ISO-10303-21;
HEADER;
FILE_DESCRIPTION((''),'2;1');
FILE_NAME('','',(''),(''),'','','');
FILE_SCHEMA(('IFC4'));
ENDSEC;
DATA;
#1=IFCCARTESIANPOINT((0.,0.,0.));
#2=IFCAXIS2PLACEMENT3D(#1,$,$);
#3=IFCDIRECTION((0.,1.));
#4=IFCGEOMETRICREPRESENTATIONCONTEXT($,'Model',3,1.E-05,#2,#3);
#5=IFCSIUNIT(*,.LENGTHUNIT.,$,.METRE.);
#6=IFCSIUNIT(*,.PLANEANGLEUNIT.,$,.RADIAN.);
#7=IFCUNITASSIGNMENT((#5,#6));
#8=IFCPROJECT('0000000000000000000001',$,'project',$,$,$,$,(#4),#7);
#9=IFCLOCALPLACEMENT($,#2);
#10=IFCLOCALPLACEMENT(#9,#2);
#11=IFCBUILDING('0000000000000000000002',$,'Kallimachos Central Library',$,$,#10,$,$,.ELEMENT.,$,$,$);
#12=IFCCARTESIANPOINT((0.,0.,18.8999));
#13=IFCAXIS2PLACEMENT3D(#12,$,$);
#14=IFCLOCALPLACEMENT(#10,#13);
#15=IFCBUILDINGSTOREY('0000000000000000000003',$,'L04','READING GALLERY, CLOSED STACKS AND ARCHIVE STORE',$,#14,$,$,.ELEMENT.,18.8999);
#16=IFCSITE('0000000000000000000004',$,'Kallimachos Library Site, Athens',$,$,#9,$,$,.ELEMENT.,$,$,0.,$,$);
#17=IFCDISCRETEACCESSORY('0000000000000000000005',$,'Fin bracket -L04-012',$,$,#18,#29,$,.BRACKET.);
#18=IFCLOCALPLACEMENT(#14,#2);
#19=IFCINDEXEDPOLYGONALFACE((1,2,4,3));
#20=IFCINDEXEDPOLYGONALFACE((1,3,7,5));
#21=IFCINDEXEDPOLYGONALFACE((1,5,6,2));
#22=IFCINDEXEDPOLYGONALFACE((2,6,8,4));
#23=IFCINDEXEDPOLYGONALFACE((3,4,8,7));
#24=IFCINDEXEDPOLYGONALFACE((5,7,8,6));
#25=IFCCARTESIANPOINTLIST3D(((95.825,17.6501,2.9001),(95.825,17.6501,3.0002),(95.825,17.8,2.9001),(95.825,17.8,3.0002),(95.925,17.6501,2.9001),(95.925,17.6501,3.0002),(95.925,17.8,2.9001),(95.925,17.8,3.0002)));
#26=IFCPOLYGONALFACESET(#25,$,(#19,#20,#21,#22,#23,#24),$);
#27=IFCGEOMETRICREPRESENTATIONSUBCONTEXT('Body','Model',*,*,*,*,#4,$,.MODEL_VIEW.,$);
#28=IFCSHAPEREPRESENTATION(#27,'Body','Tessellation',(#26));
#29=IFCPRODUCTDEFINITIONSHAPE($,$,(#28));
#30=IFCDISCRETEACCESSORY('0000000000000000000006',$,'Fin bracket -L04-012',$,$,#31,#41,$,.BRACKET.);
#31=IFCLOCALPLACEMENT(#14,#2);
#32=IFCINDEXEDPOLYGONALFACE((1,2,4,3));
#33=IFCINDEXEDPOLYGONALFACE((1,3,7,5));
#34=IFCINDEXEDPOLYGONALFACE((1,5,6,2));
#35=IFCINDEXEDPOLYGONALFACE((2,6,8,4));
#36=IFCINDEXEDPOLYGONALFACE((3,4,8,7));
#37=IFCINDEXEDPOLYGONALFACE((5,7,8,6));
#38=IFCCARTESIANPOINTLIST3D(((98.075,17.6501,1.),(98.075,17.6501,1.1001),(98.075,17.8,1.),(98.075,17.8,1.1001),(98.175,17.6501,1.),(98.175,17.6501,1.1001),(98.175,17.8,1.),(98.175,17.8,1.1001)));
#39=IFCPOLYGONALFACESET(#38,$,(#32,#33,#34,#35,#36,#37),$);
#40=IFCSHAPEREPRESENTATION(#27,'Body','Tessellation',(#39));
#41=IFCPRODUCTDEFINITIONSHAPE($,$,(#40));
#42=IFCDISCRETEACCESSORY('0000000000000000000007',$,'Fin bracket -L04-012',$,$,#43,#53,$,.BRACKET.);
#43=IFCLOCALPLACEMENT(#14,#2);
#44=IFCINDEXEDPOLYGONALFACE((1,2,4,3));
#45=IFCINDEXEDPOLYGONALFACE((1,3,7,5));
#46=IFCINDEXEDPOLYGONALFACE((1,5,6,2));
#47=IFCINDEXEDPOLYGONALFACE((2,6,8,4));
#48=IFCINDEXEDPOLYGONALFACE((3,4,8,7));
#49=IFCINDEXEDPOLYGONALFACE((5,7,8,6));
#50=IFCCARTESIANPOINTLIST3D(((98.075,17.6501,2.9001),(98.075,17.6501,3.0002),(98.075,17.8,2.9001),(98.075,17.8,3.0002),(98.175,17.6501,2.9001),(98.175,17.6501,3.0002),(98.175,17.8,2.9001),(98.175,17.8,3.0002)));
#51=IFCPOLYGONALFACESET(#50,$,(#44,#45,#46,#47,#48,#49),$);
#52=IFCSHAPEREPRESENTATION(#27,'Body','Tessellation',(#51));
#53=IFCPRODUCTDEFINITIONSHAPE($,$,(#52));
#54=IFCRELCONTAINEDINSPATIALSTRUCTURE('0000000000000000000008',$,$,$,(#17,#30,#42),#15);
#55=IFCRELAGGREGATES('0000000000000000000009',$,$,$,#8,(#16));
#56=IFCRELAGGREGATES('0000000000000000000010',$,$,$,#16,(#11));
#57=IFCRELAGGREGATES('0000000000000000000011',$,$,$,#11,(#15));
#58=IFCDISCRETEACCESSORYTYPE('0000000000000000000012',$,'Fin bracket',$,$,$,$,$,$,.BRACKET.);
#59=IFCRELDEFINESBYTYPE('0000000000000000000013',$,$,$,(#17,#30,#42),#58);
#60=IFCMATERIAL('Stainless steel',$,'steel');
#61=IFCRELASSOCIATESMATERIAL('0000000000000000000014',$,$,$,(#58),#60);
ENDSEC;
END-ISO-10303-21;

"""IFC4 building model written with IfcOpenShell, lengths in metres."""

from ifc_helpers import new_model, si_unit, direction, frame, origin, origin_2d, place, context, subcontext, project, spatial, rectangle, extrude, material, type_object, element, save


model = new_model("IFC4")

# Units and contexts
model_context = context("Model", 3, precision=1e-05, world=origin(), true_north=direction((0.0, 1.0)))
body_context = subcontext(model_context, "Body", "Model", "MODEL_VIEW")
ifc_project = project(units=[si_unit("LENGTHUNIT", "METRE"), si_unit("PLANEANGLEUNIT", "RADIAN")], contexts=[model_context])

# Site, building, storey
site_placement = place(None, origin())
site = spatial("IfcSite", under=ifc_project, at=site_placement, Name="Kallimachos Library Site, Athens", CompositionType="ELEMENT", RefElevation=0.0)
building_placement = place(site_placement, origin())
building = spatial("IfcBuilding", under=site, at=building_placement, Name="Kallimachos Central Library", CompositionType="ELEMENT")
storey_placement = place(building_placement, frame((0.0, 0.0, 18.8999)))
storey = spatial("IfcBuildingStorey", under=building, at=storey_placement, Name="L04", Description="READING GALLERY, CLOSED STACKS AND ARCHIVE STORE", CompositionType="ELEMENT", Elevation=18.8999)

# Discrete accessories
ifc_material_1 = material(Name="Stainless steel", Category="steel")
discrete_accessory_type = type_object("IfcDiscreteAccessoryType", Name="Fin bracket", PredefinedType="BRACKET", material=ifc_material_1)
for number, where, z_axis, x_axis, name in (
    (1, (95.875, 17.7251, 2.9001), (0.0, 0.0, 1.0), (1.0, 0.0, 0.0), "Fin bracket -L04-012"),
    (2, (98.125, 17.7251, 1.0), (0.0, 0.0, 1.0), (1.0, 0.0, 0.0), "Fin bracket -L04-012"),
    (3, (98.125, 17.7251, 2.9001), (0.0, 0.0, 1.0), (1.0, 0.0, 0.0), "Fin bracket -L04-012"),
):
    element("IfcDiscreteAccessory", number, at=place(storey_placement, frame(where, z_axis=z_axis, x_axis=x_axis)), inside=storey, type_object=discrete_accessory_type, Name=name, PredefinedType="BRACKET", context=body_context, shape_type="SweptSolid", body=[
        extrude(rectangle(XDim=0.1001, YDim=0.1499, at=origin_2d()), origin(), (0.0, 0.0, 1.0), 0.1001),
    ])

save(model, "model.ifc")
